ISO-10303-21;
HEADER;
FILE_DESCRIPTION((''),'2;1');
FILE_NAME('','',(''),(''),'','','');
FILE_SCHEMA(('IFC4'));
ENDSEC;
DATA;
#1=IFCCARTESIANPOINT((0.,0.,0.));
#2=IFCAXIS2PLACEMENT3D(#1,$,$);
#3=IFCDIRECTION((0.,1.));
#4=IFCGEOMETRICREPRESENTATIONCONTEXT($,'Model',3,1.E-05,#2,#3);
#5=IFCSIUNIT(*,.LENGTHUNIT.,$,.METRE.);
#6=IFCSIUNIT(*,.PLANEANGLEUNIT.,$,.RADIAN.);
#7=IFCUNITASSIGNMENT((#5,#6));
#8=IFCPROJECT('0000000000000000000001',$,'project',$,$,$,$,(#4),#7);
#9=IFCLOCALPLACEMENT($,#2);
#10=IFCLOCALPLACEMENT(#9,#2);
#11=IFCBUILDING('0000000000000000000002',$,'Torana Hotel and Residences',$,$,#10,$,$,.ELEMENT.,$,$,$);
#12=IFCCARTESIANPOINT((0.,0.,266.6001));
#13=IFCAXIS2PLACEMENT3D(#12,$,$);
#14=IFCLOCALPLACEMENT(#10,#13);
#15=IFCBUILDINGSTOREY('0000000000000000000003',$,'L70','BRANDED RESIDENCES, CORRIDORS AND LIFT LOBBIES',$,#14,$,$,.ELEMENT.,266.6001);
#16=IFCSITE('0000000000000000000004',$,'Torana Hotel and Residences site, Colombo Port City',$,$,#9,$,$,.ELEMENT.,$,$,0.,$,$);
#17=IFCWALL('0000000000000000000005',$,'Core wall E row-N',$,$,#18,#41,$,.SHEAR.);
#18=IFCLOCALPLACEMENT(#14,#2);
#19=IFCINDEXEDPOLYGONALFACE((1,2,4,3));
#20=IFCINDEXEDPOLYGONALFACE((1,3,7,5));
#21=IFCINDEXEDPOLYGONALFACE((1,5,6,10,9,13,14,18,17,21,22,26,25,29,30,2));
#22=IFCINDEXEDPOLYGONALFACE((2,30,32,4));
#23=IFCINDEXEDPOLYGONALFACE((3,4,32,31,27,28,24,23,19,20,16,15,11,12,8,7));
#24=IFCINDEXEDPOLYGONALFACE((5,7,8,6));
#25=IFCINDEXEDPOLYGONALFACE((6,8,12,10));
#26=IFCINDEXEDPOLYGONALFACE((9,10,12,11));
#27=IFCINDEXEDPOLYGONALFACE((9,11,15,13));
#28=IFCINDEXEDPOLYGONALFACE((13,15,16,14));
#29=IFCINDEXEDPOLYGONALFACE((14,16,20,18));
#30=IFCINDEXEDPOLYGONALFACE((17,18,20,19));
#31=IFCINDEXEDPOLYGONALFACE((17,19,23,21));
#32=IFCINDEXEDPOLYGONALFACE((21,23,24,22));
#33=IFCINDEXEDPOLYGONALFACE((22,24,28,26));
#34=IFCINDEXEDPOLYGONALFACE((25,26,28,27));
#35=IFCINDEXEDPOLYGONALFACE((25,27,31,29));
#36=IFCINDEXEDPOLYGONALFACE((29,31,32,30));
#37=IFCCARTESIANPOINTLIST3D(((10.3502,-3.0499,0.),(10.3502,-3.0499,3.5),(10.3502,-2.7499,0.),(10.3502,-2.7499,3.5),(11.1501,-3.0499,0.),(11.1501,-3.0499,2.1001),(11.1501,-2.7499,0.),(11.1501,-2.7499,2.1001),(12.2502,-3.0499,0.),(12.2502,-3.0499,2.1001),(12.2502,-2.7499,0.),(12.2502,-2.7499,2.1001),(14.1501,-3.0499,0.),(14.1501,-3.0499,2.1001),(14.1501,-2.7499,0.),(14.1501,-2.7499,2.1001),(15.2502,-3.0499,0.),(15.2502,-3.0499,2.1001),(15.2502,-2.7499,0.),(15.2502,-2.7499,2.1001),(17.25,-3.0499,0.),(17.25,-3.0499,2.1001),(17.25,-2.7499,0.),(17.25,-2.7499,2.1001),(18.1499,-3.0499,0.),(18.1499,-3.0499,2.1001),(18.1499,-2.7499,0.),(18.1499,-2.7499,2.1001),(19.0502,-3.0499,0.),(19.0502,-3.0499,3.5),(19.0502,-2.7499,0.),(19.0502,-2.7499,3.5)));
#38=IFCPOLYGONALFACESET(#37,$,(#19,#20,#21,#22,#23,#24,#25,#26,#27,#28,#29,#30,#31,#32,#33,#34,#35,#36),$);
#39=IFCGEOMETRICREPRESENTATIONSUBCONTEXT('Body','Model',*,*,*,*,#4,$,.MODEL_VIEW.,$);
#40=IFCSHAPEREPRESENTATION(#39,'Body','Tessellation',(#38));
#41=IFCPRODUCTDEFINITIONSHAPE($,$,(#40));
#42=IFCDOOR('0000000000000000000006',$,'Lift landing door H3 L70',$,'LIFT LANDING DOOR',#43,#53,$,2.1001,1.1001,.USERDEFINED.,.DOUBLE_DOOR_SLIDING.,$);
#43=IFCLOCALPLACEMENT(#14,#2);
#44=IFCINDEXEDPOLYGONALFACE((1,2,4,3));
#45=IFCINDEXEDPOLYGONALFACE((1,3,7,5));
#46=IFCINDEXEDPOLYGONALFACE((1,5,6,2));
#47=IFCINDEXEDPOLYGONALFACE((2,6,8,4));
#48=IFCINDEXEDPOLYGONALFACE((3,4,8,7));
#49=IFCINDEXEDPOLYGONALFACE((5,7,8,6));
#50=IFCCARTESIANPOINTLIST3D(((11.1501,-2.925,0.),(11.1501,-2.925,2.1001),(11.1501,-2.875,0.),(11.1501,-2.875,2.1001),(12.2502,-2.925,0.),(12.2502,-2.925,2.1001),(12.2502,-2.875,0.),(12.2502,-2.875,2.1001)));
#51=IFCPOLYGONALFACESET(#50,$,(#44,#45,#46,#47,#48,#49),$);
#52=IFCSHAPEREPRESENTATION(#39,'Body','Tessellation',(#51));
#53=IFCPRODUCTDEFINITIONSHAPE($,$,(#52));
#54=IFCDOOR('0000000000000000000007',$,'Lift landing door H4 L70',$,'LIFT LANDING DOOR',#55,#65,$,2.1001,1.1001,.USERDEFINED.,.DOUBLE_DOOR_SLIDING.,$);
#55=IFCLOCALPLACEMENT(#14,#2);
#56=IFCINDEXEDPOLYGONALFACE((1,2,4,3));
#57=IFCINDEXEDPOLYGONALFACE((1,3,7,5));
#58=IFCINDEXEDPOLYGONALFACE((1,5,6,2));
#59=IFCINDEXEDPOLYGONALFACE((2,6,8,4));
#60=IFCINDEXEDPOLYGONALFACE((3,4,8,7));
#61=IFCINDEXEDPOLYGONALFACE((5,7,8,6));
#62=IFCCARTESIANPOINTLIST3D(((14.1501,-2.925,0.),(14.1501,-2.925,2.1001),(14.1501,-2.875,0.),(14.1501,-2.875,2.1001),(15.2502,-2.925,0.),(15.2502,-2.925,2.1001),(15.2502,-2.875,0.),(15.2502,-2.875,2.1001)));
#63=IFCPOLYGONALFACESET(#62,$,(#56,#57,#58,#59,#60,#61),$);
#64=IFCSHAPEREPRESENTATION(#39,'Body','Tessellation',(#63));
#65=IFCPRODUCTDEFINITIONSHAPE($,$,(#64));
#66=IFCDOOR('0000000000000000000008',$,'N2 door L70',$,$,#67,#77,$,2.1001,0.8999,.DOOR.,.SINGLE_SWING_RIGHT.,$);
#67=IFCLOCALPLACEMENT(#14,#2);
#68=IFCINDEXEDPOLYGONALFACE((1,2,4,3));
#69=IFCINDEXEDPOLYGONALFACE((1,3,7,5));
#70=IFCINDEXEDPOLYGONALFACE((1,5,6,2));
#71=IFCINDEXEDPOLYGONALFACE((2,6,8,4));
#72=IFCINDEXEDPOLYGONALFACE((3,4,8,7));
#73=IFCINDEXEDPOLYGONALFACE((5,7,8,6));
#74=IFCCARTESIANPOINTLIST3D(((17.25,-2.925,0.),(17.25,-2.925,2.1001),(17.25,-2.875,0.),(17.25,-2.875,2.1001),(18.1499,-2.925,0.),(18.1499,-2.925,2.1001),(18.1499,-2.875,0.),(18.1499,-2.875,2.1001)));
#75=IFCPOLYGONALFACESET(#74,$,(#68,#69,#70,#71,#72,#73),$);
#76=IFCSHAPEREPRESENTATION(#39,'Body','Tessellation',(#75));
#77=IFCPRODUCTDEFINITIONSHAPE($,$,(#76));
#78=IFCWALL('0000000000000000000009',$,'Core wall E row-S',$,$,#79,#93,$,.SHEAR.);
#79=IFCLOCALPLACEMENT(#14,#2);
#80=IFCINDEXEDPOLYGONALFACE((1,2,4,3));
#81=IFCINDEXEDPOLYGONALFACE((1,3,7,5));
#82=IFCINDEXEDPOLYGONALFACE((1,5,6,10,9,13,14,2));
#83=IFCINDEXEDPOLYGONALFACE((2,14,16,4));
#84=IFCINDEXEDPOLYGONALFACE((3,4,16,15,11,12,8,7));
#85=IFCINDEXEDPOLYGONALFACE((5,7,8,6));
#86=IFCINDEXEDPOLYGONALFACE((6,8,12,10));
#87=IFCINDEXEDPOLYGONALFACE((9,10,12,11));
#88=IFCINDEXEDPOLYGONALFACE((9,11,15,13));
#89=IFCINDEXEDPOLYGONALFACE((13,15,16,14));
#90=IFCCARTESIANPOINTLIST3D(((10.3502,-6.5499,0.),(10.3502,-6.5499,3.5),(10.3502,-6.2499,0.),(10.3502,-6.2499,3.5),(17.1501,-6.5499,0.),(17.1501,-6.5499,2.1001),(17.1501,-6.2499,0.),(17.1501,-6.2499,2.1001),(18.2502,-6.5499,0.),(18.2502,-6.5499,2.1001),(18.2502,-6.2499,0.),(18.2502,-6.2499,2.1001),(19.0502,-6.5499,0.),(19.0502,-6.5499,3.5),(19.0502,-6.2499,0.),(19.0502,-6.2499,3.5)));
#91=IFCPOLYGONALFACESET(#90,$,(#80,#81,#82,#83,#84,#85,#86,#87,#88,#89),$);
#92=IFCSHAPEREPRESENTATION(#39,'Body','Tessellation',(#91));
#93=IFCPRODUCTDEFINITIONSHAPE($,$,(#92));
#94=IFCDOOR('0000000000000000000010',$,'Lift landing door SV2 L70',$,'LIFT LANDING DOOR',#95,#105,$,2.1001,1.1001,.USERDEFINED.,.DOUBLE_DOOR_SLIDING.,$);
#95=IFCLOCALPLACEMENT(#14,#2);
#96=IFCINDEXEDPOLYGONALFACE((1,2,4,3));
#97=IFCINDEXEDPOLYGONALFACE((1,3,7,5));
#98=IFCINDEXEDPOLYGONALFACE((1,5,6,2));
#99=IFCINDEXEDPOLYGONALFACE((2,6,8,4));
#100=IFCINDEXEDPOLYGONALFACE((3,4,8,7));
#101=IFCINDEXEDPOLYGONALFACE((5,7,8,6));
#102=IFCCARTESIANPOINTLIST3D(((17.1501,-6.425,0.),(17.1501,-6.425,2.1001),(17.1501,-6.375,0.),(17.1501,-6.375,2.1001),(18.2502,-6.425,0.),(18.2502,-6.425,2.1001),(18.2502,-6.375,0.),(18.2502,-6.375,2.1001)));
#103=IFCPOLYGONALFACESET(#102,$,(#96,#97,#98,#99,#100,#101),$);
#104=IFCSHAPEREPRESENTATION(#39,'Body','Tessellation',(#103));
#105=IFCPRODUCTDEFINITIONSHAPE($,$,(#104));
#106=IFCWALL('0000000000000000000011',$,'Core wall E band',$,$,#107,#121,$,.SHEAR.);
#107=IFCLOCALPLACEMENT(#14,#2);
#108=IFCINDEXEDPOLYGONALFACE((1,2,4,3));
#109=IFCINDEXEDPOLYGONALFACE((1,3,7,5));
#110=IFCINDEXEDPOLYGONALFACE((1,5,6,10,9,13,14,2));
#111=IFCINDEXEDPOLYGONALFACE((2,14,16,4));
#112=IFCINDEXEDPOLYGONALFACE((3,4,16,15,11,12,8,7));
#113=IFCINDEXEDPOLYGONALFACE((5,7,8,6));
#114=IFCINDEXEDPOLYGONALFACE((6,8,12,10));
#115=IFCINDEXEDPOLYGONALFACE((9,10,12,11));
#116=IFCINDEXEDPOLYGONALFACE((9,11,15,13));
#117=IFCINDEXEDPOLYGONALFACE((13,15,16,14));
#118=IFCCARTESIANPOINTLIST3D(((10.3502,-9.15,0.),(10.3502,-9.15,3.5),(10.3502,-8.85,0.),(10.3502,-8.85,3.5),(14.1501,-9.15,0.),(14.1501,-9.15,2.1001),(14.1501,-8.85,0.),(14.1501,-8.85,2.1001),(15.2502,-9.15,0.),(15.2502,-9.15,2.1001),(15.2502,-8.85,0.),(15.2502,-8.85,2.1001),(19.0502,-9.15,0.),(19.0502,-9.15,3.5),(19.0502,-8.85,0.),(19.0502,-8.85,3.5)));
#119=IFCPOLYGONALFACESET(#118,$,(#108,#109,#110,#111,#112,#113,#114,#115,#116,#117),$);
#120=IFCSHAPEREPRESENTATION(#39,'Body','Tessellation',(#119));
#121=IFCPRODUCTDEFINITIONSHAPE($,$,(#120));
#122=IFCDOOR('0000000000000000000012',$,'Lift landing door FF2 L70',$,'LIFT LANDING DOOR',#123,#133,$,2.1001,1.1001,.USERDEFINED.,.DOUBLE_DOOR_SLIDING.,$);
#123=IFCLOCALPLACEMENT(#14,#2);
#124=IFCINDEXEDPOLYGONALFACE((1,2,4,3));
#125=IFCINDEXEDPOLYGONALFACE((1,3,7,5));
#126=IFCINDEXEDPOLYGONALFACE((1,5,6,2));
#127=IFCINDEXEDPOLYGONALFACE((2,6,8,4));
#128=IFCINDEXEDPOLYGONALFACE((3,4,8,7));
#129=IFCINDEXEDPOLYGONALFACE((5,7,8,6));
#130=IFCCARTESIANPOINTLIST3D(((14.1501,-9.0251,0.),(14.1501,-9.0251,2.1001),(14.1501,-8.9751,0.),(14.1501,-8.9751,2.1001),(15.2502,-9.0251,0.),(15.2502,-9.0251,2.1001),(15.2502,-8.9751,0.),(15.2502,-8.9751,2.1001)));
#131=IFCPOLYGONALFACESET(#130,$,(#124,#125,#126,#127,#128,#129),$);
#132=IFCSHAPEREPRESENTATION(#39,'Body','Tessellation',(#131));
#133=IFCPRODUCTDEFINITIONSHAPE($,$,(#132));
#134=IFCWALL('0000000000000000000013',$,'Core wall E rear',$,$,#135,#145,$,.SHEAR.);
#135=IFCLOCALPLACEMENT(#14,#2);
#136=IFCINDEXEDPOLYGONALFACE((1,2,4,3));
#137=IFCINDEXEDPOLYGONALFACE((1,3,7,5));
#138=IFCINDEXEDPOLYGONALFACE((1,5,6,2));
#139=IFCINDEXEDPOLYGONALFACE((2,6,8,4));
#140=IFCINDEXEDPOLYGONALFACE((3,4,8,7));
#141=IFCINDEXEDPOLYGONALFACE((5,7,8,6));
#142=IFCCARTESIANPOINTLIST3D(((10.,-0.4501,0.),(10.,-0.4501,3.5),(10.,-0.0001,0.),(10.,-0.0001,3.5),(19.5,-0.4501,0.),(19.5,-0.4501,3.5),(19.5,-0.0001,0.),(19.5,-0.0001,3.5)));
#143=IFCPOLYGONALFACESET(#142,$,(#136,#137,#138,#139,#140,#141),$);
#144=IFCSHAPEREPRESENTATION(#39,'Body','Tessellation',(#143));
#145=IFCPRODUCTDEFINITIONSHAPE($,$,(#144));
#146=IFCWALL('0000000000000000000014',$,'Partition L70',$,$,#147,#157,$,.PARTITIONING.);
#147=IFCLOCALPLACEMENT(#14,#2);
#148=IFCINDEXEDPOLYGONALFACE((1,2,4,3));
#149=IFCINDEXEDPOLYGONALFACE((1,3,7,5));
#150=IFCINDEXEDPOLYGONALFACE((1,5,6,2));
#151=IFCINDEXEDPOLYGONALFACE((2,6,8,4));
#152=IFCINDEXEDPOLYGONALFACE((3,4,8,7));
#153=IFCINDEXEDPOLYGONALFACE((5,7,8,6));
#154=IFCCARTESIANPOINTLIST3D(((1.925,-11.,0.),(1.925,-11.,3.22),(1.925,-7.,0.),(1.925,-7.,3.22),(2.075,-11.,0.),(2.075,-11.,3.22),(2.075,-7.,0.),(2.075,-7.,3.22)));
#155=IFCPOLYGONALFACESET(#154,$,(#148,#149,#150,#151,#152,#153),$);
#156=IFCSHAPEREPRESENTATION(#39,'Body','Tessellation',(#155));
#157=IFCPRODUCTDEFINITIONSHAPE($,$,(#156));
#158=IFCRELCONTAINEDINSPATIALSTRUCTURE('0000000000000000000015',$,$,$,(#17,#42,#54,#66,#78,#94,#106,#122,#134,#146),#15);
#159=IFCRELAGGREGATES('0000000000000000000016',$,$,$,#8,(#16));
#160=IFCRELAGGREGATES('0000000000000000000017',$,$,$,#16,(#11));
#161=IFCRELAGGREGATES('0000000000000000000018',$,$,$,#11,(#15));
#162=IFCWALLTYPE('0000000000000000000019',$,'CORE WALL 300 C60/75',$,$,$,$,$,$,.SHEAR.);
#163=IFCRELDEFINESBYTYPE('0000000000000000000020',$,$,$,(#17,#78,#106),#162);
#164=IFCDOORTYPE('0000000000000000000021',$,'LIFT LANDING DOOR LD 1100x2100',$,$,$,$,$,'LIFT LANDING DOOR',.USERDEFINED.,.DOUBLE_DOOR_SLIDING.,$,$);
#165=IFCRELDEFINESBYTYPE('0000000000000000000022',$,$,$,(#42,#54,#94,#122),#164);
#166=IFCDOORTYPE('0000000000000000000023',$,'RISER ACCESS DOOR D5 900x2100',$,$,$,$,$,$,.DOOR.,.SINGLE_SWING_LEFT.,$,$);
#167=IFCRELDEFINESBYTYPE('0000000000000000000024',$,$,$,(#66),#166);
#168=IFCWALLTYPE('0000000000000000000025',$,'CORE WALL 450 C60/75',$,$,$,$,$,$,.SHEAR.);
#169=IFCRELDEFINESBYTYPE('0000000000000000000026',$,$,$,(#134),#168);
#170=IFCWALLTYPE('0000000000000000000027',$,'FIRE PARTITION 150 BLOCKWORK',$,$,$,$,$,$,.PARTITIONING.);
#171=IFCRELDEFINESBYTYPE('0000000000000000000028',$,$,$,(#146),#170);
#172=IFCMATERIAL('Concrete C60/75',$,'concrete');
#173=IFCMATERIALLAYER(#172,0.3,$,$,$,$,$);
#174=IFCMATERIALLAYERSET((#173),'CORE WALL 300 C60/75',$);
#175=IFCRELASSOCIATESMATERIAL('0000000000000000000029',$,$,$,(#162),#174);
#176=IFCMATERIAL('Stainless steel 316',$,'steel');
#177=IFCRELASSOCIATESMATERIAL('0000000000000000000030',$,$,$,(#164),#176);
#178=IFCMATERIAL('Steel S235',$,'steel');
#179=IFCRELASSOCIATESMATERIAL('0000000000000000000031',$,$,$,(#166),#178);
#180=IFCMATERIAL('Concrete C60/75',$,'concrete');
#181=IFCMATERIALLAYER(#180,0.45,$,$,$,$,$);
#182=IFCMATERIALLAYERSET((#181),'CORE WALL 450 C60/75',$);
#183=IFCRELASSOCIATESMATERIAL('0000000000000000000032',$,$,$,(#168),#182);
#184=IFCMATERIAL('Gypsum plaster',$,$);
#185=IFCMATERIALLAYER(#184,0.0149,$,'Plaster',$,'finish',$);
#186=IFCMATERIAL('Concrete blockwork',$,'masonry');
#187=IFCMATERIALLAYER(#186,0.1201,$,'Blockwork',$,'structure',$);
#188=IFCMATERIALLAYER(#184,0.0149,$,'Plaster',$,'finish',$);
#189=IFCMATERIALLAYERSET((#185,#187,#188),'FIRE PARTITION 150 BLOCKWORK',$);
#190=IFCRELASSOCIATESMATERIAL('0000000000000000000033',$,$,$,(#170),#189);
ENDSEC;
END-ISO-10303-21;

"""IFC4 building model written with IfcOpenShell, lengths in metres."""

from ifc_helpers import new_model, si_unit, direction, frame, frame_2d, origin, place, context, subcontext, project, spatial, rectangle, extrude, material, layer, layer_set, type_object, element, fill, save


model = new_model("IFC4")

# Units and contexts
model_context = context("Model", 3, precision=1e-05, world=origin(), true_north=direction((0.0, 1.0)))
body_context = subcontext(model_context, "Body", "Model", "MODEL_VIEW")
ifc_project = project(units=[si_unit("LENGTHUNIT", "METRE"), si_unit("PLANEANGLEUNIT", "RADIAN")], contexts=[model_context])

# Site, building, storey
site_placement = place(None, origin())
site = spatial("IfcSite", under=ifc_project, at=site_placement, Name="Torana Hotel and Residences site, Colombo Port City", CompositionType="ELEMENT", RefElevation=0.0)
building_placement = place(site_placement, origin())
building = spatial("IfcBuilding", under=site, at=building_placement, Name="Torana Hotel and Residences", CompositionType="ELEMENT")
storey_placement = place(building_placement, frame((0.0, 0.0, 266.6001)))
storey = spatial("IfcBuildingStorey", under=building, at=storey_placement, Name="L70", Description="BRANDED RESIDENCES, CORRIDORS AND LIFT LOBBIES", CompositionType="ELEMENT", Elevation=266.6001)

# Wall, openings, doors
ifc_material_1 = material(Name="Concrete C60/75", Category="concrete")
ifc_layer_1 = layer(ifc_material_1, 0.3)
ifc_layer_set_1 = layer_set([ifc_layer_1], Name="CORE WALL 300 C60/75")
wall_type_1 = type_object("IfcWallType", Name="CORE WALL 300 C60/75", PredefinedType="SHEAR", material=ifc_layer_set_1)
wall_1_placement = place(storey_placement, frame((10.3501, -2.8999, 0.0), z_axis=(0.0, 0.0, 1.0), x_axis=(1.0, 0.0, 0.0)))
wall_1 = element("IfcWall", 1, at=wall_1_placement, inside=storey, type_object=wall_type_1, Name="Core wall E row-N", PredefinedType="SHEAR", context=body_context, shape_type="SweptSolid", body=[
    extrude(rectangle(XDim=8.7, YDim=0.3, at=frame_2d((4.3501, 0.0))), origin(), (0.0, 0.0, 1.0), 3.5),
])
opening_1_placement = place(wall_1_placement, frame((0.8, 0.0, 0.0)))
opening_1 = element("IfcOpeningElement", 2, at=opening_1_placement, cuts=wall_1, PredefinedType="OPENING", context=body_context, shape_type="SweptSolid", body=[
    extrude(rectangle(XDim=1.1001, YDim=2.1001, at=frame_2d((0.55, 1.05))), frame((0.0, 0.1599, 0.0), z_axis=(0.0, -1.0, 0.0), x_axis=(1.0, 0.0, 0.0)), (0.0, 0.0, 1.0), 0.3201),
])
opening_2_placement = place(wall_1_placement, frame((3.8, 0.0, 0.0)))
opening_2 = element("IfcOpeningElement", 3, at=opening_2_placement, cuts=wall_1, PredefinedType="OPENING", context=body_context, shape_type="SweptSolid", body=[
    extrude(rectangle(XDim=1.1001, YDim=2.1001, at=frame_2d((0.55, 1.05))), frame((0.0, 0.1599, 0.0), z_axis=(0.0, -1.0, 0.0), x_axis=(1.0, 0.0, 0.0)), (0.0, 0.0, 1.0), 0.3201),
])
opening_3_placement = place(wall_1_placement, frame((6.8999, 0.0, 0.0)))
opening_3 = element("IfcOpeningElement", 4, at=opening_3_placement, cuts=wall_1, PredefinedType="OPENING", context=body_context, shape_type="SweptSolid", body=[
    extrude(rectangle(XDim=0.8999, YDim=2.1001, at=frame_2d((0.45, 1.05))), frame((0.0, 0.1599, 0.0), z_axis=(0.0, -1.0, 0.0), x_axis=(1.0, 0.0, 0.0)), (0.0, 0.0, 1.0), 0.3201),
])
ifc_material_2 = material(Name="Stainless steel 316", Category="steel")
door_type_1 = type_object("IfcDoorType", Name="LIFT LANDING DOOR LD 1100x2100", ElementType="LIFT LANDING DOOR", OperationType="DOUBLE_DOOR_SLIDING", PredefinedType="USERDEFINED", material=ifc_material_2)
door_1_placement = place(opening_1_placement, origin())
door_1 = element("IfcDoor", 5, at=door_1_placement, inside=storey, type_object=door_type_1, Name="Lift landing door H3 L70", ObjectType="LIFT LANDING DOOR", OperationType="DOUBLE_DOOR_SLIDING", OverallHeight=2.1001, OverallWidth=1.1001, PredefinedType="USERDEFINED", context=body_context, shape_type="SweptSolid", body=[
    extrude(rectangle(XDim=1.1001, YDim=2.1001, at=frame_2d((0.55, 1.05))), frame((0.0, 0.0249, 0.0), z_axis=(0.0, -1.0, 0.0), x_axis=(1.0, 0.0, 0.0)), (0.0, 0.0, 1.0), 0.05),
])
fill(opening_1, door_1)
door_2_placement = place(opening_2_placement, origin())
door_2 = element("IfcDoor", 6, at=door_2_placement, inside=storey, type_object=door_type_1, Name="Lift landing door H4 L70", ObjectType="LIFT LANDING DOOR", OperationType="DOUBLE_DOOR_SLIDING", OverallHeight=2.1001, OverallWidth=1.1001, PredefinedType="USERDEFINED", context=body_context, shape_type="SweptSolid", body=[
    extrude(rectangle(XDim=1.1001, YDim=2.1001, at=frame_2d((0.55, 1.05))), frame((0.0, 0.0249, 0.0), z_axis=(0.0, -1.0, 0.0), x_axis=(1.0, 0.0, 0.0)), (0.0, 0.0, 1.0), 0.05),
])
fill(opening_2, door_2)
ifc_material_3 = material(Name="Steel S235", Category="steel")
door_type_2 = type_object("IfcDoorType", Name="RISER ACCESS DOOR D5 900x2100", OperationType="SINGLE_SWING_LEFT", PredefinedType="DOOR", material=ifc_material_3)
door_3_placement = place(opening_3_placement, origin())
door_3 = element("IfcDoor", 7, at=door_3_placement, inside=storey, type_object=door_type_2, Name="N2 door L70", OperationType="SINGLE_SWING_RIGHT", OverallHeight=2.1001, OverallWidth=0.8999, PredefinedType="DOOR", context=body_context, shape_type="SweptSolid", body=[
    extrude(rectangle(XDim=0.8999, YDim=2.1001, at=frame_2d((0.45, 1.05))), frame((0.0, 0.0249, 0.0), z_axis=(0.0, -1.0, 0.0), x_axis=(1.0, 0.0, 0.0)), (0.0, 0.0, 1.0), 0.05),
])
fill(opening_3, door_3)

# Walls, openings, doors
wall_2_placement = place(storey_placement, frame((10.3501, -6.3999, 0.0), z_axis=(0.0, 0.0, 1.0), x_axis=(1.0, 0.0, 0.0)))
wall_2 = element("IfcWall", 8, at=wall_2_placement, inside=storey, type_object=wall_type_1, Name="Core wall E row-S", PredefinedType="SHEAR", context=body_context, shape_type="SweptSolid", body=[
    extrude(rectangle(XDim=8.7, YDim=0.3, at=frame_2d((4.3501, 0.0))), origin(), (0.0, 0.0, 1.0), 3.5),
])
opening_4_placement = place(wall_2_placement, frame((6.8, 0.0, 0.0)))
opening_4 = element("IfcOpeningElement", 9, at=opening_4_placement, cuts=wall_2, PredefinedType="OPENING", context=body_context, shape_type="SweptSolid", body=[
    extrude(rectangle(XDim=1.1001, YDim=2.1001, at=frame_2d((0.55, 1.05))), frame((0.0, 0.1599, 0.0), z_axis=(0.0, -1.0, 0.0), x_axis=(1.0, 0.0, 0.0)), (0.0, 0.0, 1.0), 0.3201),
])
door_4_placement = place(opening_4_placement, origin())
door_4 = element("IfcDoor", 10, at=door_4_placement, inside=storey, type_object=door_type_1, Name="Lift landing door SV2 L70", ObjectType="LIFT LANDING DOOR", OperationType="DOUBLE_DOOR_SLIDING", OverallHeight=2.1001, OverallWidth=1.1001, PredefinedType="USERDEFINED", context=body_context, shape_type="SweptSolid", body=[
    extrude(rectangle(XDim=1.1001, YDim=2.1001, at=frame_2d((0.55, 1.05))), frame((0.0, 0.0249, 0.0), z_axis=(0.0, -1.0, 0.0), x_axis=(1.0, 0.0, 0.0)), (0.0, 0.0, 1.0), 0.05),
])
fill(opening_4, door_4)
wall_3_placement = place(storey_placement, frame((10.3501, -9.0, 0.0), z_axis=(0.0, 0.0, 1.0), x_axis=(1.0, 0.0, 0.0)))
wall_3 = element("IfcWall", 11, at=wall_3_placement, inside=storey, type_object=wall_type_1, Name="Core wall E band", PredefinedType="SHEAR", context=body_context, shape_type="SweptSolid", body=[
    extrude(rectangle(XDim=8.7, YDim=0.3, at=frame_2d((4.3501, 0.0))), origin(), (0.0, 0.0, 1.0), 3.5),
])
opening_5_placement = place(wall_3_placement, frame((3.8, 0.0, 0.0)))
opening_5 = element("IfcOpeningElement", 12, at=opening_5_placement, cuts=wall_3, PredefinedType="OPENING", context=body_context, shape_type="SweptSolid", body=[
    extrude(rectangle(XDim=1.1001, YDim=2.1001, at=frame_2d((0.55, 1.05))), frame((0.0, 0.1599, 0.0), z_axis=(0.0, -1.0, 0.0), x_axis=(1.0, 0.0, 0.0)), (0.0, 0.0, 1.0), 0.3201),
])
door_5_placement = place(opening_5_placement, origin())
door_5 = element("IfcDoor", 13, at=door_5_placement, inside=storey, type_object=door_type_1, Name="Lift landing door FF2 L70", ObjectType="LIFT LANDING DOOR", OperationType="DOUBLE_DOOR_SLIDING", OverallHeight=2.1001, OverallWidth=1.1001, PredefinedType="USERDEFINED", context=body_context, shape_type="SweptSolid", body=[
    extrude(rectangle(XDim=1.1001, YDim=2.1001, at=frame_2d((0.55, 1.05))), frame((0.0, 0.0249, 0.0), z_axis=(0.0, -1.0, 0.0), x_axis=(1.0, 0.0, 0.0)), (0.0, 0.0, 1.0), 0.05),
])
fill(opening_5, door_5)

# Walls
ifc_material_4 = material(Name="Concrete C60/75", Category="concrete")
ifc_layer_2 = layer(ifc_material_4, 0.45)
ifc_layer_set_2 = layer_set([ifc_layer_2], Name="CORE WALL 450 C60/75")
wall_type_2 = type_object("IfcWallType", Name="CORE WALL 450 C60/75", PredefinedType="SHEAR", material=ifc_layer_set_2)
wall_4_placement = place(storey_placement, frame((10.0, -0.2251, 0.0), z_axis=(0.0, 0.0, 1.0), x_axis=(1.0, 0.0, 0.0)))
element("IfcWall", 14, at=wall_4_placement, inside=storey, type_object=wall_type_2, Name="Core wall E rear", PredefinedType="SHEAR", context=body_context, shape_type="SweptSolid", body=[
    extrude(rectangle(XDim=9.5, YDim=0.45, at=frame_2d((4.75, 0.0))), origin(), (0.0, 0.0, 1.0), 3.5),
])
ifc_material_5 = material(Name="Gypsum plaster")
ifc_layer_3 = layer(ifc_material_5, 0.0149, Name="Plaster", Category="finish")
ifc_material_6 = material(Name="Concrete blockwork", Category="masonry")
ifc_layer_4 = layer(ifc_material_6, 0.1201, Name="Blockwork", Category="structure")
ifc_layer_5 = layer(ifc_material_5, 0.0149, Name="Plaster", Category="finish")
ifc_layer_set_3 = layer_set([ifc_layer_3, ifc_layer_4, ifc_layer_5], Name="FIRE PARTITION 150 BLOCKWORK")
wall_type_3 = type_object("IfcWallType", Name="FIRE PARTITION 150 BLOCKWORK", PredefinedType="PARTITIONING", material=ifc_layer_set_3)
wall_5_placement = place(storey_placement, frame((2.0, -11.0, 0.0), z_axis=(0.0, 0.0, 1.0), x_axis=(0.0, 1.0, 0.0)))
element("IfcWall", 15, at=wall_5_placement, inside=storey, type_object=wall_type_3, Name="Partition L70", PredefinedType="PARTITIONING", context=body_context, shape_type="SweptSolid", body=[
    extrude(rectangle(XDim=4.0, YDim=0.1499, at=frame_2d((2.0, 0.0))), origin(), (0.0, 0.0, 1.0), 3.22),
])

save(model, "model.ifc")
